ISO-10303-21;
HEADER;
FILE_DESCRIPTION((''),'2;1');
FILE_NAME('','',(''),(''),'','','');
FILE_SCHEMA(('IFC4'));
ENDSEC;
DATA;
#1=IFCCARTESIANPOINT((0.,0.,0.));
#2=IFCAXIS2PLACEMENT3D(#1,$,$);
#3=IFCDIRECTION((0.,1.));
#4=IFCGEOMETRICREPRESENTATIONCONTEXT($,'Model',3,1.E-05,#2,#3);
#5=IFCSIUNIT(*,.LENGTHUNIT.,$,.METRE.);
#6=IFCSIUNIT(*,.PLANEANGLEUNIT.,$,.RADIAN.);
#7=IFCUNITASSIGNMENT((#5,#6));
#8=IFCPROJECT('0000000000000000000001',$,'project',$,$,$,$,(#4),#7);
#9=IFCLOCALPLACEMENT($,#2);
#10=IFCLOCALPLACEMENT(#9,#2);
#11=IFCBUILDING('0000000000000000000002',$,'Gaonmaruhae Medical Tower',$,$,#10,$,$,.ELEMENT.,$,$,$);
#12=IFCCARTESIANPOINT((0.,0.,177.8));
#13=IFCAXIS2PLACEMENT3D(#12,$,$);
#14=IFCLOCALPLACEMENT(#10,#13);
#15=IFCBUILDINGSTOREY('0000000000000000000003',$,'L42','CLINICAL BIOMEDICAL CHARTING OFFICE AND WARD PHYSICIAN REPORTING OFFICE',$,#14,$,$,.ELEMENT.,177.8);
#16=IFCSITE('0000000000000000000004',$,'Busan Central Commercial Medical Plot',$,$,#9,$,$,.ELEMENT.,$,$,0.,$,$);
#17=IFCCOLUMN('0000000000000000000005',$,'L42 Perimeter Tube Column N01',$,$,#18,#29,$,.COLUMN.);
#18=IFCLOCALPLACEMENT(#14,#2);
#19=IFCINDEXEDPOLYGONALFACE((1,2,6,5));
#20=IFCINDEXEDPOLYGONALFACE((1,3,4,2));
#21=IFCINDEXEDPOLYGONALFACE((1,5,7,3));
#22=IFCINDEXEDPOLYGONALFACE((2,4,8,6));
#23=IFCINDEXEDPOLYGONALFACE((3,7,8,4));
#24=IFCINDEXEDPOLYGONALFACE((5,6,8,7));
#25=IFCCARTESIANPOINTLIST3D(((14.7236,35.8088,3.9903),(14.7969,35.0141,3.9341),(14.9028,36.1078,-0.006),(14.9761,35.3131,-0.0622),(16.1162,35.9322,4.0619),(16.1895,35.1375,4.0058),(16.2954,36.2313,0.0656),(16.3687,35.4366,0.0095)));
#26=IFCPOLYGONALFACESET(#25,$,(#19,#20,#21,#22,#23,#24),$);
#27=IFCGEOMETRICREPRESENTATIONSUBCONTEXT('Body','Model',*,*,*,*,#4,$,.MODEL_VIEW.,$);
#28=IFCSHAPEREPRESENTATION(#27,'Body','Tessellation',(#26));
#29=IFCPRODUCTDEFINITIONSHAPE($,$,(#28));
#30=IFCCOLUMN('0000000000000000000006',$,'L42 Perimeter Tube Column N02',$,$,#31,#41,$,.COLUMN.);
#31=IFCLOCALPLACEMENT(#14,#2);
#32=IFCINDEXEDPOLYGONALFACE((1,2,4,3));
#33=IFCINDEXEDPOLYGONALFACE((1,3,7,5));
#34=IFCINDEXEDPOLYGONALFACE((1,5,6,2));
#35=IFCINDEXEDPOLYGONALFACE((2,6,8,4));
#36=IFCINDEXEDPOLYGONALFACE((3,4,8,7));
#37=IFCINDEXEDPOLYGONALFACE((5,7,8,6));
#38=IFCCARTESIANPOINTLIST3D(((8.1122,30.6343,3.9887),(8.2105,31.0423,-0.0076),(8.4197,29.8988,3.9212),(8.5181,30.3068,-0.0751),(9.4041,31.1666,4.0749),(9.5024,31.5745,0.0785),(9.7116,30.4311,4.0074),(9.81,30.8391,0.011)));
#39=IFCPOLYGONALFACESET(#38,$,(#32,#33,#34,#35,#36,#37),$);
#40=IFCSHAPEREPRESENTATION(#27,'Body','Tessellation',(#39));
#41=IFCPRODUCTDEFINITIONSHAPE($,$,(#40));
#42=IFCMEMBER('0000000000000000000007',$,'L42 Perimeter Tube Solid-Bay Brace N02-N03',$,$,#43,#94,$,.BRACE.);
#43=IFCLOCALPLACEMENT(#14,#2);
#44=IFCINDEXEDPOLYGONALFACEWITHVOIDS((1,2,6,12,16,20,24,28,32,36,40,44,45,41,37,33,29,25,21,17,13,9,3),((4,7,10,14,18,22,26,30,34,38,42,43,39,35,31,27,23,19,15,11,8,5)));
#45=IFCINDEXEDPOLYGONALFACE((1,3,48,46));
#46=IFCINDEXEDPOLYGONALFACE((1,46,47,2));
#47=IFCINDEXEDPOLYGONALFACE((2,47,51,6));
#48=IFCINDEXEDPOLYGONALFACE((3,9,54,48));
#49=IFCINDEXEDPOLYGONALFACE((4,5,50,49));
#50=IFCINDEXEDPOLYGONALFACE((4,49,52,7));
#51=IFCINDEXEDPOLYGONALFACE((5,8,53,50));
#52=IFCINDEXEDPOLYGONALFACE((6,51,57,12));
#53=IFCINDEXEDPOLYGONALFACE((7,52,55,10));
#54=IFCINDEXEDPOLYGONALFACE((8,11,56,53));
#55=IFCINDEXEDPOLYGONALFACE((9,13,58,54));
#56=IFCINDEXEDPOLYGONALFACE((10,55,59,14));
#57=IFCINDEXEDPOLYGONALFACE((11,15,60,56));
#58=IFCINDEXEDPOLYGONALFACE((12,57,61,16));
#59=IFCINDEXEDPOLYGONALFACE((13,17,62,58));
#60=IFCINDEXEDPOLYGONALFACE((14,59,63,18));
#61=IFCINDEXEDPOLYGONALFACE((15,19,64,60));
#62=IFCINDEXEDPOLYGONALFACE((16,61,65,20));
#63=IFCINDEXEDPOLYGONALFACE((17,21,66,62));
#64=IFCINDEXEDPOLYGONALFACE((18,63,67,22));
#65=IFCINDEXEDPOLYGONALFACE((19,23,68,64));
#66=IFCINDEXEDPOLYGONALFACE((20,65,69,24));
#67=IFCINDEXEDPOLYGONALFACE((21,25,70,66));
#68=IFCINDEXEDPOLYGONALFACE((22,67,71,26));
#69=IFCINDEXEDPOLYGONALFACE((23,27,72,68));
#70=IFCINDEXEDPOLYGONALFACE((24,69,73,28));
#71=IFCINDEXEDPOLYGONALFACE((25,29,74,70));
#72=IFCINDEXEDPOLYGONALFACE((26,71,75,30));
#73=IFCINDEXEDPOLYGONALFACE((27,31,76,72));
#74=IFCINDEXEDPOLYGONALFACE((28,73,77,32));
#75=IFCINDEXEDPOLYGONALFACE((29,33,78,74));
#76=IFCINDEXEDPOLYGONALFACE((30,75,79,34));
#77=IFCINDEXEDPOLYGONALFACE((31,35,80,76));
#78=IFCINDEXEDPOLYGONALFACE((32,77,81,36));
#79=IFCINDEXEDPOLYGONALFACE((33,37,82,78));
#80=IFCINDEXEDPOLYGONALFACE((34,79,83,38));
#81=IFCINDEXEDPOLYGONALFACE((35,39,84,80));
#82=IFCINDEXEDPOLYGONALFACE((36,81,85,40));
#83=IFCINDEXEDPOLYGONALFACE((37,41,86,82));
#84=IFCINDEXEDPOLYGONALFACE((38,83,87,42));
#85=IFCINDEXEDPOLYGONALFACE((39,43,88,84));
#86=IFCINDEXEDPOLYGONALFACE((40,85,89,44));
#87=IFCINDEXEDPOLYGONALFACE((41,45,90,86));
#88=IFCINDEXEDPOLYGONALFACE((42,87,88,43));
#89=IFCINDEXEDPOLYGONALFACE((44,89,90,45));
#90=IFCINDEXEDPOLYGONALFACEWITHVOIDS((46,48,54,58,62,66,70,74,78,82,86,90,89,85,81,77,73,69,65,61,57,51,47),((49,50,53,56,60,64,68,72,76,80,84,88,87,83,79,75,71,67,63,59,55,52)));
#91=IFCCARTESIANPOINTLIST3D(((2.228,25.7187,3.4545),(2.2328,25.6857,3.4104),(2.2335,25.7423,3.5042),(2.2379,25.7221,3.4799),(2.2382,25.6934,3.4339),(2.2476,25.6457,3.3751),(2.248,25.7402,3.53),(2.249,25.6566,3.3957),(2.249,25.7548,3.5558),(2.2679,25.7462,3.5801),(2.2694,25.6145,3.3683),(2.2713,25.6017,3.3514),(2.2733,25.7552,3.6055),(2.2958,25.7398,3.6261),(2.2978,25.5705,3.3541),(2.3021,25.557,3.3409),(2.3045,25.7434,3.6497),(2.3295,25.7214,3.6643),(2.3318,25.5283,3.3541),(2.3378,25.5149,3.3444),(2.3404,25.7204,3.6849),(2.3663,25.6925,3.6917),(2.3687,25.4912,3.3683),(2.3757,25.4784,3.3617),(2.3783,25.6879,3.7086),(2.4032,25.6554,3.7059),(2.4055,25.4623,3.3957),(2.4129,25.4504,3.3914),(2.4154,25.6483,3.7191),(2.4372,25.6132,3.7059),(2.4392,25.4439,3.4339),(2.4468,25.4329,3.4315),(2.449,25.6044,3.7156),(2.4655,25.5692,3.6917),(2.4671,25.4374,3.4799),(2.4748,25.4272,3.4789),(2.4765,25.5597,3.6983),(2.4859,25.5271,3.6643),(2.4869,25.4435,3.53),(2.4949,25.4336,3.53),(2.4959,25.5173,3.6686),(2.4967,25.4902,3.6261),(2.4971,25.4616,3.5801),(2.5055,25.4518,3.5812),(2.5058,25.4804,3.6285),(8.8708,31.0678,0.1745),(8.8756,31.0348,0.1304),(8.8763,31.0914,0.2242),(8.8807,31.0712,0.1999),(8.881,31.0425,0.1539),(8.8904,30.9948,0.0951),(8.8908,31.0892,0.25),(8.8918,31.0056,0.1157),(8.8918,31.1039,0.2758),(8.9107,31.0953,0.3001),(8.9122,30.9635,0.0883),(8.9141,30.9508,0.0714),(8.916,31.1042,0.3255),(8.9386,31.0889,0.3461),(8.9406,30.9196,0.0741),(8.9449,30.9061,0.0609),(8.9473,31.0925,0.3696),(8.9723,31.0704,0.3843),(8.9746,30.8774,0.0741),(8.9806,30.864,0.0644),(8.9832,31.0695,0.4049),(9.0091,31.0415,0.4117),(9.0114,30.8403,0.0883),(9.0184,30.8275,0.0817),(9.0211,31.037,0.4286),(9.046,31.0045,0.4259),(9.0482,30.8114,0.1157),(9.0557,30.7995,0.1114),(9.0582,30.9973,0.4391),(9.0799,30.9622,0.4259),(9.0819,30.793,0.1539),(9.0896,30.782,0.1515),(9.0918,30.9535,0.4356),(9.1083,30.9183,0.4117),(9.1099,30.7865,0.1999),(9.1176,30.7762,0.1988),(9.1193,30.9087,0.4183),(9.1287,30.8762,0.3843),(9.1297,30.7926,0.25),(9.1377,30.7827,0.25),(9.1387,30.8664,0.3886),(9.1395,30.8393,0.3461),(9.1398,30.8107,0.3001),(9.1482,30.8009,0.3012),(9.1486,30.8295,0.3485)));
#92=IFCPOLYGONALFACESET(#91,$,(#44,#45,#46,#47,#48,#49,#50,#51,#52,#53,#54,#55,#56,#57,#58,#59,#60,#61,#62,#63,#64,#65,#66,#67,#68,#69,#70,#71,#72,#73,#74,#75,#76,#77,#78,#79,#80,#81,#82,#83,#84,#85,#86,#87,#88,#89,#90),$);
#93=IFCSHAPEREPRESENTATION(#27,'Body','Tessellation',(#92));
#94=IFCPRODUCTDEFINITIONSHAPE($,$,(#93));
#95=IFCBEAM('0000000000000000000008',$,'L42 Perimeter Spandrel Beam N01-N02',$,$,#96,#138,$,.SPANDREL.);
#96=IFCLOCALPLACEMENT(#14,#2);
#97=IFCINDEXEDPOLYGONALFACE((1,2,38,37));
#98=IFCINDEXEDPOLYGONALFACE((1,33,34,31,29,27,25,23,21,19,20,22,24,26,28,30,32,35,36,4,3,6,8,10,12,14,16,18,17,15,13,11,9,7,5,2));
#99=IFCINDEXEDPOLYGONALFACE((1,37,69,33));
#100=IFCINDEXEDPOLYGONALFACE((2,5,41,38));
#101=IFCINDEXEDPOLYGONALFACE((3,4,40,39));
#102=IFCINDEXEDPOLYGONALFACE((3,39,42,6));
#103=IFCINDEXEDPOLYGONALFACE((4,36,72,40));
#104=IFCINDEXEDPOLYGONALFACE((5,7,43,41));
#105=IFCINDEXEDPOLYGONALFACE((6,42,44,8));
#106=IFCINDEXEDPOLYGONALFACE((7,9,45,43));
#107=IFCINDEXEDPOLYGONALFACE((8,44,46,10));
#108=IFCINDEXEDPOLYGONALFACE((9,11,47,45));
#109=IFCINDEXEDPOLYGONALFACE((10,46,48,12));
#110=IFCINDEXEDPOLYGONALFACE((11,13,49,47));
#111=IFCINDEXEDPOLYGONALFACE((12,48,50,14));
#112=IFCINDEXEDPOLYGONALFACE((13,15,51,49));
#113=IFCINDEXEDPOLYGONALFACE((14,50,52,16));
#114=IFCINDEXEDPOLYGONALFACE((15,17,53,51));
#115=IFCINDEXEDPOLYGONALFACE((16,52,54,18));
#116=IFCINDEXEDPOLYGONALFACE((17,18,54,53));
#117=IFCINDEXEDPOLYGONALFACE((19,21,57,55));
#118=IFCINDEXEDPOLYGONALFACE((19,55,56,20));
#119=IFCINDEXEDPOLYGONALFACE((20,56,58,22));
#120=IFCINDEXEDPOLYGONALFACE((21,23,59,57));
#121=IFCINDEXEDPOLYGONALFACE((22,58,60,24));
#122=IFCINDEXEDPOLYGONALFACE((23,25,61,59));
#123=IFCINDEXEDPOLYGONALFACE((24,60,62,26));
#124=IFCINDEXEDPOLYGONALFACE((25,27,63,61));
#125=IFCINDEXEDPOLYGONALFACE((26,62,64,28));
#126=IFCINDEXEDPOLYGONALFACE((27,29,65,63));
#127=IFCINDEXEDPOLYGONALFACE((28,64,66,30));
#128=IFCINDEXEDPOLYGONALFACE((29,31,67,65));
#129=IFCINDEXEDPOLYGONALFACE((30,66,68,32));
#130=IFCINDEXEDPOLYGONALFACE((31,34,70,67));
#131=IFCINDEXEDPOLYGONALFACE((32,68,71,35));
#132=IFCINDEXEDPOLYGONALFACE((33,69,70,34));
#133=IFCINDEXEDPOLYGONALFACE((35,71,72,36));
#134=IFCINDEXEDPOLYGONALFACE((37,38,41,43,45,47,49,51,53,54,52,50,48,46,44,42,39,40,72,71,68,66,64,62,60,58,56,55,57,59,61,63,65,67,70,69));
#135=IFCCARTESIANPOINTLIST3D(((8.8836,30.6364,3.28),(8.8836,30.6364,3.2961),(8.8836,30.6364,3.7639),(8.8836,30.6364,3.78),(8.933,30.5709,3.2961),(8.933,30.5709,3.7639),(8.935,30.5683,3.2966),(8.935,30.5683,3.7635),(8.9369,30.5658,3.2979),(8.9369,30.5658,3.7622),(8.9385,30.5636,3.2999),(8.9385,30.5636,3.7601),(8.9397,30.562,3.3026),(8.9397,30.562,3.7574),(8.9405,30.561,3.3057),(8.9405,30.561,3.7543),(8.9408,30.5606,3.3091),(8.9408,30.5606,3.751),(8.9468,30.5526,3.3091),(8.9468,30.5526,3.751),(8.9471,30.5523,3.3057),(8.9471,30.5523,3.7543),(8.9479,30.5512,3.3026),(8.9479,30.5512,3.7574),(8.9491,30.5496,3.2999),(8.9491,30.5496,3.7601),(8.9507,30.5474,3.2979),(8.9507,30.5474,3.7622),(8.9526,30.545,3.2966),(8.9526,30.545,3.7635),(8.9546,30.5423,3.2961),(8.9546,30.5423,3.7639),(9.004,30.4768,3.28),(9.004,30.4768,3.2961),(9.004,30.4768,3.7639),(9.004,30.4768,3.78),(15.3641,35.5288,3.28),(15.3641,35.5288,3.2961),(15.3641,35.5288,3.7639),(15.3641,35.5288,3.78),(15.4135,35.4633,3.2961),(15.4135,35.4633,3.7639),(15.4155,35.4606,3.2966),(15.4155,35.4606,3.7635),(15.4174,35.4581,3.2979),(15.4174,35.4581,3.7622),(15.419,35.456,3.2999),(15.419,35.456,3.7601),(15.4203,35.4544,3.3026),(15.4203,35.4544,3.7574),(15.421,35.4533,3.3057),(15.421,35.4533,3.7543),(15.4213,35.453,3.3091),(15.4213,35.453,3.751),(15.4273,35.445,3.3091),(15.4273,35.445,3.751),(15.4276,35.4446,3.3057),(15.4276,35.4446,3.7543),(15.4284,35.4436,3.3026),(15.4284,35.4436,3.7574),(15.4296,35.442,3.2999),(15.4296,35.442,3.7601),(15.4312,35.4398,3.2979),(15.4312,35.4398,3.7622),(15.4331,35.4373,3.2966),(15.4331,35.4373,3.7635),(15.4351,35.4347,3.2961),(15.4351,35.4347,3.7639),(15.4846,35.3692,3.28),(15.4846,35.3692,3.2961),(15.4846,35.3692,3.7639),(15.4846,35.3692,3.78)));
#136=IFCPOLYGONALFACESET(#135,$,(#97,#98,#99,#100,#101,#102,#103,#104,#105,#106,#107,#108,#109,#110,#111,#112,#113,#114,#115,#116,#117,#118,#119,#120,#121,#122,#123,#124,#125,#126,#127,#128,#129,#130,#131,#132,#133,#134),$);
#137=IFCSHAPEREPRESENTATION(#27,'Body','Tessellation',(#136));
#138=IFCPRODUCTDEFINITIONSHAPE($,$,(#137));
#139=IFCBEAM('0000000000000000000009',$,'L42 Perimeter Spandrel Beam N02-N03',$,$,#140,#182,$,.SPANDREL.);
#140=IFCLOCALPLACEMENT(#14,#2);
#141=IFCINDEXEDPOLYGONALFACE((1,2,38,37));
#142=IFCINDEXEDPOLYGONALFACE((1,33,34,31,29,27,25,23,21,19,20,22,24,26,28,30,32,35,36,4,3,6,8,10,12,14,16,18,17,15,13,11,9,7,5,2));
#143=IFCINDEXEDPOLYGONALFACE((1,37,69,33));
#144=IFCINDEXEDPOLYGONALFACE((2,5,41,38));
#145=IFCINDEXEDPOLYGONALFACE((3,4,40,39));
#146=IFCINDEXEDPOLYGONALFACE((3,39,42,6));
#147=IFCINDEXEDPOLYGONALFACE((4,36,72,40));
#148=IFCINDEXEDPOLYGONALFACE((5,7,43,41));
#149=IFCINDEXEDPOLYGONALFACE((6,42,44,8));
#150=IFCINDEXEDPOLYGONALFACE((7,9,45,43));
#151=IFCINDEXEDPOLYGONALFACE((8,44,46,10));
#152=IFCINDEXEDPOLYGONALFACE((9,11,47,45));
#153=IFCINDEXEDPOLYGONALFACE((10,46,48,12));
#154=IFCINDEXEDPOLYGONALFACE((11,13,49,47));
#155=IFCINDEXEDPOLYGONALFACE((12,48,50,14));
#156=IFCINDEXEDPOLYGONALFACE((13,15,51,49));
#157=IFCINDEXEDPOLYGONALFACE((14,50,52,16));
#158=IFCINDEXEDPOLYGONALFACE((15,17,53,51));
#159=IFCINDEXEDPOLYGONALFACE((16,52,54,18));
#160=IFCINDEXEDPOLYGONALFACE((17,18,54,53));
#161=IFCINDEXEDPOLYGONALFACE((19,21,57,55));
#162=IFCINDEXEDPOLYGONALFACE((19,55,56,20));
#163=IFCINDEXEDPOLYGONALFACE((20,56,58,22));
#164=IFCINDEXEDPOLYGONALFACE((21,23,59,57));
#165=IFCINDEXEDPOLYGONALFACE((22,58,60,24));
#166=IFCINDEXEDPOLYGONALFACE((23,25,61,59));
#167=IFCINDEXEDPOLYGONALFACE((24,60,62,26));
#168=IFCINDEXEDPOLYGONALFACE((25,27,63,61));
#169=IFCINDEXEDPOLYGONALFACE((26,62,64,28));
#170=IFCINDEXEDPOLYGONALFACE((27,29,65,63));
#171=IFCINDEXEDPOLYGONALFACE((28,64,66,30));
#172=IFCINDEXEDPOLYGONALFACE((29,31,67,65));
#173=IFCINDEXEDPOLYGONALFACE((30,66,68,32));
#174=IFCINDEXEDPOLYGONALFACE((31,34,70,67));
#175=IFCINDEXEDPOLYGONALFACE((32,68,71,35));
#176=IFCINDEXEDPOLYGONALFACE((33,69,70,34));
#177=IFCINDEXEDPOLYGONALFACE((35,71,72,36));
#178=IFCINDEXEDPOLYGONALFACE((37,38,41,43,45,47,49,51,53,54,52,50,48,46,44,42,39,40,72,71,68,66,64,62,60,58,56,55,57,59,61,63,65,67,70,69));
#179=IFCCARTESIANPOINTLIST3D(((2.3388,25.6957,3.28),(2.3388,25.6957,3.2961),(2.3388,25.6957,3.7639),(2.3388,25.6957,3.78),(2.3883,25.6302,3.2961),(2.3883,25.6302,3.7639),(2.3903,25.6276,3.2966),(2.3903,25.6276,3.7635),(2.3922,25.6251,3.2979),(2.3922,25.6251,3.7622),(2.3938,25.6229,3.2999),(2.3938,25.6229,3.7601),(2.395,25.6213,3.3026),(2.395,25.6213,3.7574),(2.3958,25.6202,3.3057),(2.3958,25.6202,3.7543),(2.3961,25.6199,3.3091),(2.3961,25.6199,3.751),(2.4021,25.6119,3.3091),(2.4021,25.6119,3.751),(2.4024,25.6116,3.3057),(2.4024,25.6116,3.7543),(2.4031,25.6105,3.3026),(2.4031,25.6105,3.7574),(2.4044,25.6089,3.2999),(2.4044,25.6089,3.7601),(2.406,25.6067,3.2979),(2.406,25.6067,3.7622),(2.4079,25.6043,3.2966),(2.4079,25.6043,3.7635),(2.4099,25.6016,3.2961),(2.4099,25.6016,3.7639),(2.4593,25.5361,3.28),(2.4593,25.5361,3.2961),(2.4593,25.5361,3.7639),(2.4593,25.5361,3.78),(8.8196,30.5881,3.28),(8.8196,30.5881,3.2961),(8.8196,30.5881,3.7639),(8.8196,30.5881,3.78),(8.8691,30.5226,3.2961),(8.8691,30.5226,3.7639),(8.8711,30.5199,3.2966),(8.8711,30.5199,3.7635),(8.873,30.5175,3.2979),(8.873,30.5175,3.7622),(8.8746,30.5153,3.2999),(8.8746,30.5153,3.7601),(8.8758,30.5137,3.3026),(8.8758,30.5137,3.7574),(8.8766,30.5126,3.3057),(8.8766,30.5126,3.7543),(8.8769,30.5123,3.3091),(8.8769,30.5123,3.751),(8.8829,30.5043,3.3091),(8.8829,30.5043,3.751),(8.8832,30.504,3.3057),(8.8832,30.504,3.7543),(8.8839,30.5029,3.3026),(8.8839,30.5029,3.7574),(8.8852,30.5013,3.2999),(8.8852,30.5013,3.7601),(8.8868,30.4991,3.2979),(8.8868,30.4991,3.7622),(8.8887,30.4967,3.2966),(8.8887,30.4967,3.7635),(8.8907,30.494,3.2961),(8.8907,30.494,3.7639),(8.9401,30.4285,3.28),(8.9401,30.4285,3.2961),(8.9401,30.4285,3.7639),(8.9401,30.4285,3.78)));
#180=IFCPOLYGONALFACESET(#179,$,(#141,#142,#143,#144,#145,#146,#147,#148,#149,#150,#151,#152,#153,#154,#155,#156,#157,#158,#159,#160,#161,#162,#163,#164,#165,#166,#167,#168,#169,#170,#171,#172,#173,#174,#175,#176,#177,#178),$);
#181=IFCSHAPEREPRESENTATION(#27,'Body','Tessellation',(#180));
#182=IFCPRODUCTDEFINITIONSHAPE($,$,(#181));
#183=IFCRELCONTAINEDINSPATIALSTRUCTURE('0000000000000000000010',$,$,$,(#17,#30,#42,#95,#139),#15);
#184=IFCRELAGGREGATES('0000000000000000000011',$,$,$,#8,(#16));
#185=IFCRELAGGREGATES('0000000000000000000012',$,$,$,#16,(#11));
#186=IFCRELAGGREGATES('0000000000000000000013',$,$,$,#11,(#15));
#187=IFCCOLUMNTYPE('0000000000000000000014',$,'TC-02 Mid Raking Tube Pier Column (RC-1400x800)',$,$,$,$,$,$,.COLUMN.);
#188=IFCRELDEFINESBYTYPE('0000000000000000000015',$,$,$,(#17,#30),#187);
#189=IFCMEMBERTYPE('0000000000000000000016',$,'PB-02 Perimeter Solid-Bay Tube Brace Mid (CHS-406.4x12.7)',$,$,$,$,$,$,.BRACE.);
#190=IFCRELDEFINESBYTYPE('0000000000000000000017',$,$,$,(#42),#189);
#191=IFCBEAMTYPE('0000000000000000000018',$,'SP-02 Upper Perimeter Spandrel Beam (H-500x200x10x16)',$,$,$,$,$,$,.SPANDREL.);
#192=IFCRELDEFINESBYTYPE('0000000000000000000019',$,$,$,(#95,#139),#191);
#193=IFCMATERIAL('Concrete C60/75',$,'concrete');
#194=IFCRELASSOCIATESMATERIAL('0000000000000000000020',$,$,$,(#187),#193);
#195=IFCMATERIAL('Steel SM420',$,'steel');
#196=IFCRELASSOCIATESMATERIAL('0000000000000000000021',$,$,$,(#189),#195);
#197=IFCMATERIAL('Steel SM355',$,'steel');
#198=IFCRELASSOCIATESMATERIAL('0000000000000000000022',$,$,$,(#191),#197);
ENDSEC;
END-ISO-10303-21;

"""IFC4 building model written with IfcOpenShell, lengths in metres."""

from ifc_helpers import new_model, si_unit, direction, frame, origin, origin_2d, place, context, subcontext, project, spatial, rectangle, hollow_circle, i_section, extrude, material, material_profile, profile_set, type_object, element, save


model = new_model("IFC4")

# Units and contexts
model_context = context("Model", 3, precision=1e-05, world=origin(), true_north=direction((0.0, 1.0)))
body_context = subcontext(model_context, "Body", "Model", "MODEL_VIEW")
ifc_project = project(units=[si_unit("LENGTHUNIT", "METRE"), si_unit("PLANEANGLEUNIT", "RADIAN")], contexts=[model_context])

# Site, building, storey
site_placement = place(None, origin())
site = spatial("IfcSite", under=ifc_project, at=site_placement, Name="Busan Central Commercial Medical Plot", CompositionType="ELEMENT", RefElevation=0.0)
building_placement = place(site_placement, origin())
building = spatial("IfcBuilding", under=site, at=building_placement, Name="Gaonmaruhae Medical Tower", CompositionType="ELEMENT")
storey_placement = place(building_placement, frame((0.0, 0.0, 177.8)))
storey = spatial("IfcBuildingStorey", under=building, at=storey_placement, Name="L42", Description="CLINICAL BIOMEDICAL CHARTING OFFICE AND WARD PHYSICIAN REPORTING OFFICE", CompositionType="ELEMENT", Elevation=177.8)

# Columns
ifc_material_1 = material(Name="Concrete C60/75", Category="concrete")
ifc_material_profile_1 = material_profile(ifc_material_1, rectangle(XDim=1.3999, YDim=0.8, at=origin_2d()), Name="RC-1400x800")
ifc_profile_set_1 = profile_set([ifc_material_profile_1], Name="Concrete C60/75")
column_type = type_object("IfcColumnType", Name="TC-02 Mid Raking Tube Pier Column (RC-1400x800)", PredefinedType="COLUMN", material=ifc_profile_set_1)
column_1_placement = place(storey_placement, frame((15.6357, 35.7722, 0.0017), z_axis=(-0.044671, -0.074553, 0.996216), x_axis=(0.994785, 0.08821, 0.051208)))
element("IfcColumn", 1, at=column_1_placement, inside=storey, type_object=column_type, Name="L42 Perimeter Tube Column N01", PredefinedType="COLUMN", context=body_context, shape_type="SweptSolid", body=[
    extrude(rectangle(XDim=1.3999, YDim=0.8, at=origin_2d()), origin(), (0.0, 0.0, 1.0), 4.0115),
])
column_2_placement = place(storey_placement, frame((9.0103, 30.9407, 0.0017), z_axis=(-0.024485, -0.101525, 0.994532), x_axis=(0.922852, 0.380208, 0.061533)))
element("IfcColumn", 2, at=column_2_placement, inside=storey, type_object=column_type, Name="L42 Perimeter Tube Column N02", PredefinedType="COLUMN", context=body_context, shape_type="SweptSolid", body=[
    extrude(rectangle(XDim=1.3999, YDim=0.8, at=origin_2d()), origin(), (0.0, 0.0, 1.0), 4.0183),
])

# Member
ifc_material_2 = material(Name="Steel SM420", Category="steel")
ifc_material_profile_2 = material_profile(ifc_material_2, hollow_circle(Radius=0.2031, WallThickness=0.0127, at=origin_2d()), Name="CHS-406.4x12.7")
ifc_profile_set_2 = profile_set([ifc_material_profile_2], Name="Steel SM420")
member_type = type_object("IfcMemberType", Name="PB-02 Perimeter Solid-Bay Tube Brace Mid (CHS-406.4x12.7)", PredefinedType="BRACE", material=ifc_profile_set_2)
member_placement = place(storey_placement, frame((9.0103, 30.9409, 0.25), z_axis=(-0.726963, -0.585386, 0.358953), x_axis=(0.627184, -0.778871, 0.0)))
element("IfcMember", 3, at=member_placement, inside=storey, type_object=member_type, Name="L42 Perimeter Tube Solid-Bay Brace N02-N03", PredefinedType="BRACE", context=body_context, shape_type="SweptSolid", body=[
    extrude(hollow_circle(Radius=0.2031, WallThickness=0.0127, at=origin_2d()), origin(), (0.0, 0.0, 1.0), 9.1377),
])

# Beams
ifc_material_3 = material(Name="Steel SM355", Category="steel")
ifc_material_profile_3 = material_profile(ifc_material_3, i_section(OverallWidth=0.2, OverallDepth=0.5, WebThickness=0.01, FlangeThickness=0.0161, FilletRadius=0.0129, at=origin_2d()), Name="H-500x200x10x16")
ifc_profile_set_3 = profile_set([ifc_material_profile_3], Name="Steel SM355")
beam_type = type_object("IfcBeamType", Name="SP-02 Upper Perimeter Spandrel Beam (H-500x200x10x16)", PredefinedType="SPANDREL", material=ifc_profile_set_3)
beam_1_placement = place(storey_placement, frame((15.4243, 35.449, 3.53), z_axis=(-0.798105, -0.602518, 0.0), x_axis=(0.602518, -0.798105, 0.0)))
element("IfcBeam", 4, at=beam_1_placement, inside=storey, type_object=beam_type, Name="L42 Perimeter Spandrel Beam N01-N02", PredefinedType="SPANDREL", context=body_context, shape_type="SweptSolid", body=[
    extrude(i_section(OverallWidth=0.2, OverallDepth=0.5, WebThickness=0.01, FlangeThickness=0.0161, FilletRadius=0.0129, at=origin_2d()), origin(), (0.0, 0.0, 1.0), 8.1199),
])
beam_2_placement = place(storey_placement, frame((8.8799, 30.5083, 3.53), z_axis=(-0.798116, -0.602503, 0.0), x_axis=(0.602503, -0.798116, 0.0)))
element("IfcBeam", 5, at=beam_2_placement, inside=storey, type_object=beam_type, Name="L42 Perimeter Spandrel Beam N02-N03", PredefinedType="SPANDREL", context=body_context, shape_type="SweptSolid", body=[
    extrude(i_section(OverallWidth=0.2, OverallDepth=0.5, WebThickness=0.01, FlangeThickness=0.0161, FilletRadius=0.0129, at=origin_2d()), origin(), (0.0, 0.0, 1.0), 8.1201),
])

save(model, "model.ifc")
